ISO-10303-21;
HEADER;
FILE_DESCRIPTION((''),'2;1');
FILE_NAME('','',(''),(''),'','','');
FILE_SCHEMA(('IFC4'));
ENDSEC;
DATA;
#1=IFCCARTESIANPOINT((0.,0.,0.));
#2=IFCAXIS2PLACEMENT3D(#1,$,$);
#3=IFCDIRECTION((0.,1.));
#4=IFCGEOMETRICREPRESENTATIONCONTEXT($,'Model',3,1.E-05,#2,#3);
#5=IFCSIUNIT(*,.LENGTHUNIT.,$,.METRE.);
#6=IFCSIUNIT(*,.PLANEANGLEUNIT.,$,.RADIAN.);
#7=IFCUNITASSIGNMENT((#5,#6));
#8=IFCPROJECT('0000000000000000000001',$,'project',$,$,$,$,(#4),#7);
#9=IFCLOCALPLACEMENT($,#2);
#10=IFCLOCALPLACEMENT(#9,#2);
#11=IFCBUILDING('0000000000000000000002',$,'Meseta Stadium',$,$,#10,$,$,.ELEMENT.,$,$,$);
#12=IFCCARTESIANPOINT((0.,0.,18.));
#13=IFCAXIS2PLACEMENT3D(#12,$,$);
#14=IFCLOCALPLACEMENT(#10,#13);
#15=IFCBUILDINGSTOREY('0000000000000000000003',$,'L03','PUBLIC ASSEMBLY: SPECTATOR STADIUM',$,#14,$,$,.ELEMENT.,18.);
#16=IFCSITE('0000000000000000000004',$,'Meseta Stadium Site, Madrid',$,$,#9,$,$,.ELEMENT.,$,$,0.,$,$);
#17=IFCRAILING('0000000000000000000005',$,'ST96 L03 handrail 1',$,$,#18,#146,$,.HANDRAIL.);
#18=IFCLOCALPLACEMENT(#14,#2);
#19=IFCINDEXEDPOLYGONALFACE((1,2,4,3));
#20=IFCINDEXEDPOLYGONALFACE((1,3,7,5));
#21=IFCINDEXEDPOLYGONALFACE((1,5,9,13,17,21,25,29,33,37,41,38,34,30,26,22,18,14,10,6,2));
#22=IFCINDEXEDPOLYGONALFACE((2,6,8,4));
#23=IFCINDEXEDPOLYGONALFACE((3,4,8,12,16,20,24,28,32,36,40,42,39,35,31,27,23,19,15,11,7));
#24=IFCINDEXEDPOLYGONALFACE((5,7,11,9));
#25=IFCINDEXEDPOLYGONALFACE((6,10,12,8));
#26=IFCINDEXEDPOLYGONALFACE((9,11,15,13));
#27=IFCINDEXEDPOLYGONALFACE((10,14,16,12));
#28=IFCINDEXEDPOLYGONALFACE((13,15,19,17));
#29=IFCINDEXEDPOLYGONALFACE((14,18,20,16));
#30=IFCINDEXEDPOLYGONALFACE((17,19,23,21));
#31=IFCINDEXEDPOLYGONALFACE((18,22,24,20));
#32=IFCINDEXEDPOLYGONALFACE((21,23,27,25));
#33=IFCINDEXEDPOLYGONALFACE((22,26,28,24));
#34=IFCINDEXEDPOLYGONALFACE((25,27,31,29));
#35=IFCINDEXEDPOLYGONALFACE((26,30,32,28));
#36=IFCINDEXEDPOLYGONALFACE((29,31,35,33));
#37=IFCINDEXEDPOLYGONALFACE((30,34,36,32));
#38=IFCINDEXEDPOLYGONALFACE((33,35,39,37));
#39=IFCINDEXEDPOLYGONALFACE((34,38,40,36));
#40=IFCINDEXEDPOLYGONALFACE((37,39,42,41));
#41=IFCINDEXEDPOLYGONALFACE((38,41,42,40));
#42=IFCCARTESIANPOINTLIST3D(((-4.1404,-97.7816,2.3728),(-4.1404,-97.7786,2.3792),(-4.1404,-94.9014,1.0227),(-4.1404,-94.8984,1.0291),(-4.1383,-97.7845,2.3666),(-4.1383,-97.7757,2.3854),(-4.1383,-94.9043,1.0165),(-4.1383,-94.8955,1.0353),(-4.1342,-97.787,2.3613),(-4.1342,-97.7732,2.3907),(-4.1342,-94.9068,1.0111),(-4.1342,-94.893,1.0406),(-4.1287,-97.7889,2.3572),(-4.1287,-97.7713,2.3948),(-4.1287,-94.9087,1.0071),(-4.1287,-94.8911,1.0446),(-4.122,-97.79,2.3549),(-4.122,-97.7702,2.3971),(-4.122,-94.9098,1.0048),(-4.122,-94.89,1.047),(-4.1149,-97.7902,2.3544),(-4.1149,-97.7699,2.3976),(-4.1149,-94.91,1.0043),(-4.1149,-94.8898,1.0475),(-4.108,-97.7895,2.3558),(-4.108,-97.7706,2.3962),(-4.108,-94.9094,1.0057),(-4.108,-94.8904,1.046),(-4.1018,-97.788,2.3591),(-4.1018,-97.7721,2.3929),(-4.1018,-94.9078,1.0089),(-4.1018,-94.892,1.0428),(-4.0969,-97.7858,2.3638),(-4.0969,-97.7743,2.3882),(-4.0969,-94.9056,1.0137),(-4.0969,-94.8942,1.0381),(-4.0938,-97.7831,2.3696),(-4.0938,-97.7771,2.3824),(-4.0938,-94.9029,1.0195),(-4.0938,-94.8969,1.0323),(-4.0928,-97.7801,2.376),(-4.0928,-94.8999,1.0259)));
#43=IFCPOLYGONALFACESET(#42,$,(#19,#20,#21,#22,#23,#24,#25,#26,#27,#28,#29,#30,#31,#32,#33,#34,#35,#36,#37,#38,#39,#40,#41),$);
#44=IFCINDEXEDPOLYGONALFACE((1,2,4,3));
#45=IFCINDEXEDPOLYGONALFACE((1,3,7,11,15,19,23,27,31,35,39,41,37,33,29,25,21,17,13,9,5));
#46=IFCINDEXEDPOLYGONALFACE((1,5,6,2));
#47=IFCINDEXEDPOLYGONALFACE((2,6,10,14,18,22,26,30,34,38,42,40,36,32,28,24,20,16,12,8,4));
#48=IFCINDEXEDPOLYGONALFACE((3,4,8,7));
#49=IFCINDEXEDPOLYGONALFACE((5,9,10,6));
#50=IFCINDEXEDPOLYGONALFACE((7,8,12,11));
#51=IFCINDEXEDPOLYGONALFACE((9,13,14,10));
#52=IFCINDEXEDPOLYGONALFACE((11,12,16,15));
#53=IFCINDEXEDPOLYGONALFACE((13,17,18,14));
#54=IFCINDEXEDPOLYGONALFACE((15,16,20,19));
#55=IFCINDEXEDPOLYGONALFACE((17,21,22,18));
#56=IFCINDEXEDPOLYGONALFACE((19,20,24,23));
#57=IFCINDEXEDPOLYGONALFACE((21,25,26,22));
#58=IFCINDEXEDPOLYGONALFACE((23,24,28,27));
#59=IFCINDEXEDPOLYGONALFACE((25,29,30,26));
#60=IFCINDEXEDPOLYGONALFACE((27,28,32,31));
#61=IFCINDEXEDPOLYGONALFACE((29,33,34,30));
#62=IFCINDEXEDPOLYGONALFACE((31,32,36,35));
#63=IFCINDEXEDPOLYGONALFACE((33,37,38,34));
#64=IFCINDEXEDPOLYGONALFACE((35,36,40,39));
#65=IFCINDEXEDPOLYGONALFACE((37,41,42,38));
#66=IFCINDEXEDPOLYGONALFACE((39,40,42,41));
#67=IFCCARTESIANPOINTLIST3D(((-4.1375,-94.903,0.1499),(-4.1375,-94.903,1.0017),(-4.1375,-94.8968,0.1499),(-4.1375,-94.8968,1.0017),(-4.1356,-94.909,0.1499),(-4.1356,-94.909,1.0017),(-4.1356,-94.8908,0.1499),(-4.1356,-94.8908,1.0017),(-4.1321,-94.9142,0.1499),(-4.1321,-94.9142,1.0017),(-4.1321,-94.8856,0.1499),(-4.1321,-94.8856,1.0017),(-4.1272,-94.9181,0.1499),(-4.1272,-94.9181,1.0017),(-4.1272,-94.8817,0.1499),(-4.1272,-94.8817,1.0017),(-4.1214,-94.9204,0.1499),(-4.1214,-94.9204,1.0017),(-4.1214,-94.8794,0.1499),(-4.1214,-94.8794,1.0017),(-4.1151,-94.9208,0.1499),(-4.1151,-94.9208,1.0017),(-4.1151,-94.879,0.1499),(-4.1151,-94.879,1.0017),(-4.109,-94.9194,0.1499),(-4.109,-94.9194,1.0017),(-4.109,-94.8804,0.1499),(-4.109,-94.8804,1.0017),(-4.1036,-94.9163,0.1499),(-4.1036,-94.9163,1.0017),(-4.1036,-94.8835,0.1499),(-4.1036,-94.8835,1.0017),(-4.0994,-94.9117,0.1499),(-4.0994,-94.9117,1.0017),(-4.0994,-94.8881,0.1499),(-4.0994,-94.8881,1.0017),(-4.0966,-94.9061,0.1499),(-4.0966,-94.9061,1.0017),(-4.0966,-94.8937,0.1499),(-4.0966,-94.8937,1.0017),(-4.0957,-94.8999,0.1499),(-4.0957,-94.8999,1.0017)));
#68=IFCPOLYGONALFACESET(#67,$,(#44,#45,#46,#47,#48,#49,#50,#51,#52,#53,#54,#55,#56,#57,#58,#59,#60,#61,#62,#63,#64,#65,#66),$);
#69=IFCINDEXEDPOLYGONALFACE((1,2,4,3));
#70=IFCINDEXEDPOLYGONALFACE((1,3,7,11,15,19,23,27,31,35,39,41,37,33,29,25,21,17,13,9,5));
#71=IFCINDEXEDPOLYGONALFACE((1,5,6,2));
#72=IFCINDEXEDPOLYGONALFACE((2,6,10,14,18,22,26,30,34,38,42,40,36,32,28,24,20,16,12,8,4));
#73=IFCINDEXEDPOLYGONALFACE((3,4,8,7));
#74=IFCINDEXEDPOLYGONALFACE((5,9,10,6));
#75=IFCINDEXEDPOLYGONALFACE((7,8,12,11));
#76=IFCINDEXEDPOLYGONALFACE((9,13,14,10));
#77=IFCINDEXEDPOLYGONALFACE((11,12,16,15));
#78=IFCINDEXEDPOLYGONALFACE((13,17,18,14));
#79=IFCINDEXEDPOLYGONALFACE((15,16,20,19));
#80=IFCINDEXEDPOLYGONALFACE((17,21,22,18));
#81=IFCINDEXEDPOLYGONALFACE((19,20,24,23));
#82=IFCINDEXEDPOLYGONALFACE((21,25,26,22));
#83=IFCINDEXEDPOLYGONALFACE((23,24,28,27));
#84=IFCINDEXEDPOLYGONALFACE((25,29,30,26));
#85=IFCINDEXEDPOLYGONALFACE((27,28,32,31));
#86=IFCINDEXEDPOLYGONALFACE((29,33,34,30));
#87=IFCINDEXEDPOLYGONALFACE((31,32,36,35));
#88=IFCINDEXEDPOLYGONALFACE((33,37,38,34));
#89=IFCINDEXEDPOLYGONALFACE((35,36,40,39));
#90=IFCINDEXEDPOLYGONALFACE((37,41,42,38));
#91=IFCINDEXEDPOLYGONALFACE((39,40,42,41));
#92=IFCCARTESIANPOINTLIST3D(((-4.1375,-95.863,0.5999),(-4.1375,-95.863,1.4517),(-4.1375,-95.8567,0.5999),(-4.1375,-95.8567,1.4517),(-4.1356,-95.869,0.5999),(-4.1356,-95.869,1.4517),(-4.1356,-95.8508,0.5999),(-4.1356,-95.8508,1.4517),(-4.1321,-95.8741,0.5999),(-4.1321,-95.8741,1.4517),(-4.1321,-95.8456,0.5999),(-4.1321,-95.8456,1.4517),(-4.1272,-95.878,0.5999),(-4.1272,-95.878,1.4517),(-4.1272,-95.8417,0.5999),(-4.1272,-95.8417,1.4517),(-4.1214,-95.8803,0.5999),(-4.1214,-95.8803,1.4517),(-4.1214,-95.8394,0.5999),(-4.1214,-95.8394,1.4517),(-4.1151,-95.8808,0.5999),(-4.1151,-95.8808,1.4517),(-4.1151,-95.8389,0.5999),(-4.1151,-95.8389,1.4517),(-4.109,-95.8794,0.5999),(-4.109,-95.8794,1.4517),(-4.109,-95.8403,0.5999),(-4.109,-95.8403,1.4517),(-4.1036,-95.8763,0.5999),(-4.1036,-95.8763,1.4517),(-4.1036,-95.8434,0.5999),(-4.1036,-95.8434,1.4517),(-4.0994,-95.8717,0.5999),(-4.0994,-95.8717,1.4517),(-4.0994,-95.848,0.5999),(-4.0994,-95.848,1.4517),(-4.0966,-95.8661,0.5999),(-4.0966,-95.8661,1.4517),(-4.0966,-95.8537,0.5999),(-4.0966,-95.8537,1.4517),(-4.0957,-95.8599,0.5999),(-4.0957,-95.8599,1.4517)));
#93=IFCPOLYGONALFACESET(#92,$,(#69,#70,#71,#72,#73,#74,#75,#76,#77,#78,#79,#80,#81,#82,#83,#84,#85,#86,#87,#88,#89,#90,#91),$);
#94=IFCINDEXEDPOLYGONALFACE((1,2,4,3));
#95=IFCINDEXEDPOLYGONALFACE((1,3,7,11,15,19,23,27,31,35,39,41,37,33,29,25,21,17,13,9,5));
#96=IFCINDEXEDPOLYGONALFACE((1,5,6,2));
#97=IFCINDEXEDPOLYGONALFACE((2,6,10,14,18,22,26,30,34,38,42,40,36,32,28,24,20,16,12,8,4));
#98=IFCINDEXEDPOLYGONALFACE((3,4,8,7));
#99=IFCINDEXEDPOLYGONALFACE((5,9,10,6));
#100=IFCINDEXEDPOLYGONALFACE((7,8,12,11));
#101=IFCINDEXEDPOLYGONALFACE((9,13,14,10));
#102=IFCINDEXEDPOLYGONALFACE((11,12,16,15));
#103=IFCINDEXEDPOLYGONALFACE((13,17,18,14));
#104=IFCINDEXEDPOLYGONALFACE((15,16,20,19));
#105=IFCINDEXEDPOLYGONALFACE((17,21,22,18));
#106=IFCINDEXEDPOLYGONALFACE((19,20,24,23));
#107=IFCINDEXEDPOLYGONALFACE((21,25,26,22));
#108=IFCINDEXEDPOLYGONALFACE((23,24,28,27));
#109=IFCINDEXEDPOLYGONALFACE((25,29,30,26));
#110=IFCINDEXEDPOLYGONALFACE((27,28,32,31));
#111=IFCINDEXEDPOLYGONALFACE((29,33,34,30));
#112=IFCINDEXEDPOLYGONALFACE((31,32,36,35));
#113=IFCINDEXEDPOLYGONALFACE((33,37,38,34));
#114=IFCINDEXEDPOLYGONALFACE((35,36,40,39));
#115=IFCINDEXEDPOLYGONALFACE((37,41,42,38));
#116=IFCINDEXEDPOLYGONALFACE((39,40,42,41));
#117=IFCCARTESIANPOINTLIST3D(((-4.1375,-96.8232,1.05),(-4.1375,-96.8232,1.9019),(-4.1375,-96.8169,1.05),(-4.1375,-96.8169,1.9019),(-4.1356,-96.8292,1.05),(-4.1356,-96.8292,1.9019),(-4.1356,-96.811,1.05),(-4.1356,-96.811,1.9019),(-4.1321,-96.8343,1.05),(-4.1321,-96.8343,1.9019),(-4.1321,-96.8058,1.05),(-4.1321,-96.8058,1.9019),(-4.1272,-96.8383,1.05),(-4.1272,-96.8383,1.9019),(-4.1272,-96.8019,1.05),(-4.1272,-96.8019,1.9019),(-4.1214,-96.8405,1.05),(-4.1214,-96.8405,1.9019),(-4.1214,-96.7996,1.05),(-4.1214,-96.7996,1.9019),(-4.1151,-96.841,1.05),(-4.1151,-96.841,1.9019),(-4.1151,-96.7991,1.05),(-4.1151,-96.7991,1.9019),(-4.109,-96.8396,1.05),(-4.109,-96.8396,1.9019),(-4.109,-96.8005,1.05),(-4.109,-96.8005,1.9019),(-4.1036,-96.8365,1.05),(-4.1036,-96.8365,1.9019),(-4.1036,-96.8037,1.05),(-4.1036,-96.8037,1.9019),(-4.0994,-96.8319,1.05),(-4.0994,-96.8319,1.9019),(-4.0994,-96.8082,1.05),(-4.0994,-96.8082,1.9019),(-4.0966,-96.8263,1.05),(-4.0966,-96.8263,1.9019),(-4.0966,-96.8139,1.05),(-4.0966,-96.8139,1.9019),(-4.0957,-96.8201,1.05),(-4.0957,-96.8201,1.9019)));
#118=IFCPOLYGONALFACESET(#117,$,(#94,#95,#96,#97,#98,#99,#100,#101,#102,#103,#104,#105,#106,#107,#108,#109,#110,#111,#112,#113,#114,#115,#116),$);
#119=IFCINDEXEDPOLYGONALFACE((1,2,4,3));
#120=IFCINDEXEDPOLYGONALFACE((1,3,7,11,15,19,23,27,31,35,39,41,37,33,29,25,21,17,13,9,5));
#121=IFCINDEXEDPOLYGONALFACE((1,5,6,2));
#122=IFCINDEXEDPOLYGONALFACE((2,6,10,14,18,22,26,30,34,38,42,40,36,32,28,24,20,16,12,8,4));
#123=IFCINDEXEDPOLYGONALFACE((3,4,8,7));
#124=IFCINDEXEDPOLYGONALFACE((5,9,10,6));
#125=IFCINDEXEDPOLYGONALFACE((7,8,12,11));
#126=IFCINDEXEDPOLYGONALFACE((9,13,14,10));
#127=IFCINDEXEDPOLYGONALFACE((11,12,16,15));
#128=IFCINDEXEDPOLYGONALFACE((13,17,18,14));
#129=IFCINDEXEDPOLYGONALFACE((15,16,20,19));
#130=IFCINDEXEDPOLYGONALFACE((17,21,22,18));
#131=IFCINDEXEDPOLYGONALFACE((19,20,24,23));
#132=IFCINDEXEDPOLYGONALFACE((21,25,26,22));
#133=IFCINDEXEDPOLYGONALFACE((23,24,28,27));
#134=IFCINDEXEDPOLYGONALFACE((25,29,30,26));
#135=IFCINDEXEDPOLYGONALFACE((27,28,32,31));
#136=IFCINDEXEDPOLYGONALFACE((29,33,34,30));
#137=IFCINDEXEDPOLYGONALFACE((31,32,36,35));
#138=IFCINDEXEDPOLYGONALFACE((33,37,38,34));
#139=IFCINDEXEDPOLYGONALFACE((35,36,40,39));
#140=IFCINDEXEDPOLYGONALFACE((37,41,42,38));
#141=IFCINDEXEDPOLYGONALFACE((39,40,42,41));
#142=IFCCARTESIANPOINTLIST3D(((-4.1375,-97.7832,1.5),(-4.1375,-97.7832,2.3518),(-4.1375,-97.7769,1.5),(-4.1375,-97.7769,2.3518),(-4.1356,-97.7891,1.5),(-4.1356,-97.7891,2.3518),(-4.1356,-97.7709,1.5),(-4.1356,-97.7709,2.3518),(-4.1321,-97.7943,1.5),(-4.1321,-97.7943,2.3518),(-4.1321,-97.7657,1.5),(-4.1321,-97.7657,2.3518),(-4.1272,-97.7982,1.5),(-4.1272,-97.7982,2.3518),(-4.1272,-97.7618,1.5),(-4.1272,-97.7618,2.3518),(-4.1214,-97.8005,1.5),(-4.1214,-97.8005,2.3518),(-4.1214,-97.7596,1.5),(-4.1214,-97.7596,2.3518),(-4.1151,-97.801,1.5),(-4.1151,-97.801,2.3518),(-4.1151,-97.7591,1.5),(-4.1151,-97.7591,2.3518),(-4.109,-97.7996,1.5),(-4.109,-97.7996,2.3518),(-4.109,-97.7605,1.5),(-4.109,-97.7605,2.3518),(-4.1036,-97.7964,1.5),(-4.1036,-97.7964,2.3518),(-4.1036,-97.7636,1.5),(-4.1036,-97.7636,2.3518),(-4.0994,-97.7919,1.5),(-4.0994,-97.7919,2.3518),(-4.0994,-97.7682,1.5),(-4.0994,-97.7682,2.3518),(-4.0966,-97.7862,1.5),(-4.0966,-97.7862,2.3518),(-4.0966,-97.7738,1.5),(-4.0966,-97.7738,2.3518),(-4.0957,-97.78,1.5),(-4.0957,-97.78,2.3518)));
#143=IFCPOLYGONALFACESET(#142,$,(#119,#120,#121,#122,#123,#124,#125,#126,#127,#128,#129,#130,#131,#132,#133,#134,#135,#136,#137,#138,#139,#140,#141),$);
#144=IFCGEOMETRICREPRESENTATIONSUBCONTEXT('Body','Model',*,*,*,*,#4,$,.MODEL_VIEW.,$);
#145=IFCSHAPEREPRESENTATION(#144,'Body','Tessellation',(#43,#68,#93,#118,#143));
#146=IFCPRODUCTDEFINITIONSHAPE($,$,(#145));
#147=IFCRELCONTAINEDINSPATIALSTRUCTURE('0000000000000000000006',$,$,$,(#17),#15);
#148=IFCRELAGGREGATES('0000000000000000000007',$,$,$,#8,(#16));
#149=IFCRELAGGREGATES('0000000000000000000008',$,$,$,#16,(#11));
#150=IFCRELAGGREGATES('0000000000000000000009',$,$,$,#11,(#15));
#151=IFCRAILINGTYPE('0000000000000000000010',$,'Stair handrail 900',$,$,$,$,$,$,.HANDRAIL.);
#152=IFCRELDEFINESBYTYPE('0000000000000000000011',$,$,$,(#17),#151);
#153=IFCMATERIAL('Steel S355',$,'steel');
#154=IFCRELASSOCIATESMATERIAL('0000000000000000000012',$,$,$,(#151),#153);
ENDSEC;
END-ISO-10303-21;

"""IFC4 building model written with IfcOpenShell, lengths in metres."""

from ifc_helpers import new_model, si_unit, direction, frame, origin, origin_2d, place, context, subcontext, project, spatial, circle, extrude, material, type_object, element, save


model = new_model("IFC4")

# Units and contexts
model_context = context("Model", 3, precision=1e-05, world=origin(), true_north=direction((0.0, 1.0)))
body_context = subcontext(model_context, "Body", "Model", "MODEL_VIEW")
ifc_project = project(units=[si_unit("LENGTHUNIT", "METRE"), si_unit("PLANEANGLEUNIT", "RADIAN")], contexts=[model_context])

# Site, building, storey
site_placement = place(None, origin())
site = spatial("IfcSite", under=ifc_project, at=site_placement, Name="Meseta Stadium Site, Madrid", CompositionType="ELEMENT", RefElevation=0.0)
building_placement = place(site_placement, origin())
building = spatial("IfcBuilding", under=site, at=building_placement, Name="Meseta Stadium", CompositionType="ELEMENT")
storey_placement = place(building_placement, frame((0.0, 0.0, 18.0)))
storey = spatial("IfcBuildingStorey", under=building, at=storey_placement, Name="L03", Description="PUBLIC ASSEMBLY: SPECTATOR STADIUM", CompositionType="ELEMENT", Elevation=18.0)

# Railing
ifc_material_1 = material(Name="Steel S355", Category="steel")
railing_type_1 = type_object("IfcRailingType", Name="Stair handrail 900", PredefinedType="HANDRAIL", material=ifc_material_1)
for number, where, name in (
    (1, (-4.1167, -94.8999, 0.1499), "ST96 L03 handrail 1"),
):
    element("IfcRailing", number, at=place(storey_placement, frame(where)), inside=storey, type_object=railing_type_1, Name=name, PredefinedType="HANDRAIL", context=body_context, shape_type="SweptSolid", body=[
        extrude(circle(Radius=0.0239, at=origin_2d()), frame((0.0, 0.0, 0.876), z_axis=(0.0, -0.905454, 0.424444), x_axis=(1.0, 0.0, 0.0)), (0.0, 0.0, 1.0), 3.1809),
        extrude(circle(Radius=0.021, at=origin_2d()), origin(), (0.0, 0.0, 1.0), 0.8518),
        extrude(circle(Radius=0.021, at=origin_2d()), frame((0.0, -0.96, 0.45)), (0.0, 0.0, 1.0), 0.8518),
        extrude(circle(Radius=0.021, at=origin_2d()), frame((0.0, -1.9202, 0.9001)), (0.0, 0.0, 1.0), 0.8518),
        extrude(circle(Radius=0.021, at=origin_2d()), frame((0.0, -2.8801, 1.3501)), (0.0, 0.0, 1.0), 0.8518),
    ])

save(model, "model.ifc")
